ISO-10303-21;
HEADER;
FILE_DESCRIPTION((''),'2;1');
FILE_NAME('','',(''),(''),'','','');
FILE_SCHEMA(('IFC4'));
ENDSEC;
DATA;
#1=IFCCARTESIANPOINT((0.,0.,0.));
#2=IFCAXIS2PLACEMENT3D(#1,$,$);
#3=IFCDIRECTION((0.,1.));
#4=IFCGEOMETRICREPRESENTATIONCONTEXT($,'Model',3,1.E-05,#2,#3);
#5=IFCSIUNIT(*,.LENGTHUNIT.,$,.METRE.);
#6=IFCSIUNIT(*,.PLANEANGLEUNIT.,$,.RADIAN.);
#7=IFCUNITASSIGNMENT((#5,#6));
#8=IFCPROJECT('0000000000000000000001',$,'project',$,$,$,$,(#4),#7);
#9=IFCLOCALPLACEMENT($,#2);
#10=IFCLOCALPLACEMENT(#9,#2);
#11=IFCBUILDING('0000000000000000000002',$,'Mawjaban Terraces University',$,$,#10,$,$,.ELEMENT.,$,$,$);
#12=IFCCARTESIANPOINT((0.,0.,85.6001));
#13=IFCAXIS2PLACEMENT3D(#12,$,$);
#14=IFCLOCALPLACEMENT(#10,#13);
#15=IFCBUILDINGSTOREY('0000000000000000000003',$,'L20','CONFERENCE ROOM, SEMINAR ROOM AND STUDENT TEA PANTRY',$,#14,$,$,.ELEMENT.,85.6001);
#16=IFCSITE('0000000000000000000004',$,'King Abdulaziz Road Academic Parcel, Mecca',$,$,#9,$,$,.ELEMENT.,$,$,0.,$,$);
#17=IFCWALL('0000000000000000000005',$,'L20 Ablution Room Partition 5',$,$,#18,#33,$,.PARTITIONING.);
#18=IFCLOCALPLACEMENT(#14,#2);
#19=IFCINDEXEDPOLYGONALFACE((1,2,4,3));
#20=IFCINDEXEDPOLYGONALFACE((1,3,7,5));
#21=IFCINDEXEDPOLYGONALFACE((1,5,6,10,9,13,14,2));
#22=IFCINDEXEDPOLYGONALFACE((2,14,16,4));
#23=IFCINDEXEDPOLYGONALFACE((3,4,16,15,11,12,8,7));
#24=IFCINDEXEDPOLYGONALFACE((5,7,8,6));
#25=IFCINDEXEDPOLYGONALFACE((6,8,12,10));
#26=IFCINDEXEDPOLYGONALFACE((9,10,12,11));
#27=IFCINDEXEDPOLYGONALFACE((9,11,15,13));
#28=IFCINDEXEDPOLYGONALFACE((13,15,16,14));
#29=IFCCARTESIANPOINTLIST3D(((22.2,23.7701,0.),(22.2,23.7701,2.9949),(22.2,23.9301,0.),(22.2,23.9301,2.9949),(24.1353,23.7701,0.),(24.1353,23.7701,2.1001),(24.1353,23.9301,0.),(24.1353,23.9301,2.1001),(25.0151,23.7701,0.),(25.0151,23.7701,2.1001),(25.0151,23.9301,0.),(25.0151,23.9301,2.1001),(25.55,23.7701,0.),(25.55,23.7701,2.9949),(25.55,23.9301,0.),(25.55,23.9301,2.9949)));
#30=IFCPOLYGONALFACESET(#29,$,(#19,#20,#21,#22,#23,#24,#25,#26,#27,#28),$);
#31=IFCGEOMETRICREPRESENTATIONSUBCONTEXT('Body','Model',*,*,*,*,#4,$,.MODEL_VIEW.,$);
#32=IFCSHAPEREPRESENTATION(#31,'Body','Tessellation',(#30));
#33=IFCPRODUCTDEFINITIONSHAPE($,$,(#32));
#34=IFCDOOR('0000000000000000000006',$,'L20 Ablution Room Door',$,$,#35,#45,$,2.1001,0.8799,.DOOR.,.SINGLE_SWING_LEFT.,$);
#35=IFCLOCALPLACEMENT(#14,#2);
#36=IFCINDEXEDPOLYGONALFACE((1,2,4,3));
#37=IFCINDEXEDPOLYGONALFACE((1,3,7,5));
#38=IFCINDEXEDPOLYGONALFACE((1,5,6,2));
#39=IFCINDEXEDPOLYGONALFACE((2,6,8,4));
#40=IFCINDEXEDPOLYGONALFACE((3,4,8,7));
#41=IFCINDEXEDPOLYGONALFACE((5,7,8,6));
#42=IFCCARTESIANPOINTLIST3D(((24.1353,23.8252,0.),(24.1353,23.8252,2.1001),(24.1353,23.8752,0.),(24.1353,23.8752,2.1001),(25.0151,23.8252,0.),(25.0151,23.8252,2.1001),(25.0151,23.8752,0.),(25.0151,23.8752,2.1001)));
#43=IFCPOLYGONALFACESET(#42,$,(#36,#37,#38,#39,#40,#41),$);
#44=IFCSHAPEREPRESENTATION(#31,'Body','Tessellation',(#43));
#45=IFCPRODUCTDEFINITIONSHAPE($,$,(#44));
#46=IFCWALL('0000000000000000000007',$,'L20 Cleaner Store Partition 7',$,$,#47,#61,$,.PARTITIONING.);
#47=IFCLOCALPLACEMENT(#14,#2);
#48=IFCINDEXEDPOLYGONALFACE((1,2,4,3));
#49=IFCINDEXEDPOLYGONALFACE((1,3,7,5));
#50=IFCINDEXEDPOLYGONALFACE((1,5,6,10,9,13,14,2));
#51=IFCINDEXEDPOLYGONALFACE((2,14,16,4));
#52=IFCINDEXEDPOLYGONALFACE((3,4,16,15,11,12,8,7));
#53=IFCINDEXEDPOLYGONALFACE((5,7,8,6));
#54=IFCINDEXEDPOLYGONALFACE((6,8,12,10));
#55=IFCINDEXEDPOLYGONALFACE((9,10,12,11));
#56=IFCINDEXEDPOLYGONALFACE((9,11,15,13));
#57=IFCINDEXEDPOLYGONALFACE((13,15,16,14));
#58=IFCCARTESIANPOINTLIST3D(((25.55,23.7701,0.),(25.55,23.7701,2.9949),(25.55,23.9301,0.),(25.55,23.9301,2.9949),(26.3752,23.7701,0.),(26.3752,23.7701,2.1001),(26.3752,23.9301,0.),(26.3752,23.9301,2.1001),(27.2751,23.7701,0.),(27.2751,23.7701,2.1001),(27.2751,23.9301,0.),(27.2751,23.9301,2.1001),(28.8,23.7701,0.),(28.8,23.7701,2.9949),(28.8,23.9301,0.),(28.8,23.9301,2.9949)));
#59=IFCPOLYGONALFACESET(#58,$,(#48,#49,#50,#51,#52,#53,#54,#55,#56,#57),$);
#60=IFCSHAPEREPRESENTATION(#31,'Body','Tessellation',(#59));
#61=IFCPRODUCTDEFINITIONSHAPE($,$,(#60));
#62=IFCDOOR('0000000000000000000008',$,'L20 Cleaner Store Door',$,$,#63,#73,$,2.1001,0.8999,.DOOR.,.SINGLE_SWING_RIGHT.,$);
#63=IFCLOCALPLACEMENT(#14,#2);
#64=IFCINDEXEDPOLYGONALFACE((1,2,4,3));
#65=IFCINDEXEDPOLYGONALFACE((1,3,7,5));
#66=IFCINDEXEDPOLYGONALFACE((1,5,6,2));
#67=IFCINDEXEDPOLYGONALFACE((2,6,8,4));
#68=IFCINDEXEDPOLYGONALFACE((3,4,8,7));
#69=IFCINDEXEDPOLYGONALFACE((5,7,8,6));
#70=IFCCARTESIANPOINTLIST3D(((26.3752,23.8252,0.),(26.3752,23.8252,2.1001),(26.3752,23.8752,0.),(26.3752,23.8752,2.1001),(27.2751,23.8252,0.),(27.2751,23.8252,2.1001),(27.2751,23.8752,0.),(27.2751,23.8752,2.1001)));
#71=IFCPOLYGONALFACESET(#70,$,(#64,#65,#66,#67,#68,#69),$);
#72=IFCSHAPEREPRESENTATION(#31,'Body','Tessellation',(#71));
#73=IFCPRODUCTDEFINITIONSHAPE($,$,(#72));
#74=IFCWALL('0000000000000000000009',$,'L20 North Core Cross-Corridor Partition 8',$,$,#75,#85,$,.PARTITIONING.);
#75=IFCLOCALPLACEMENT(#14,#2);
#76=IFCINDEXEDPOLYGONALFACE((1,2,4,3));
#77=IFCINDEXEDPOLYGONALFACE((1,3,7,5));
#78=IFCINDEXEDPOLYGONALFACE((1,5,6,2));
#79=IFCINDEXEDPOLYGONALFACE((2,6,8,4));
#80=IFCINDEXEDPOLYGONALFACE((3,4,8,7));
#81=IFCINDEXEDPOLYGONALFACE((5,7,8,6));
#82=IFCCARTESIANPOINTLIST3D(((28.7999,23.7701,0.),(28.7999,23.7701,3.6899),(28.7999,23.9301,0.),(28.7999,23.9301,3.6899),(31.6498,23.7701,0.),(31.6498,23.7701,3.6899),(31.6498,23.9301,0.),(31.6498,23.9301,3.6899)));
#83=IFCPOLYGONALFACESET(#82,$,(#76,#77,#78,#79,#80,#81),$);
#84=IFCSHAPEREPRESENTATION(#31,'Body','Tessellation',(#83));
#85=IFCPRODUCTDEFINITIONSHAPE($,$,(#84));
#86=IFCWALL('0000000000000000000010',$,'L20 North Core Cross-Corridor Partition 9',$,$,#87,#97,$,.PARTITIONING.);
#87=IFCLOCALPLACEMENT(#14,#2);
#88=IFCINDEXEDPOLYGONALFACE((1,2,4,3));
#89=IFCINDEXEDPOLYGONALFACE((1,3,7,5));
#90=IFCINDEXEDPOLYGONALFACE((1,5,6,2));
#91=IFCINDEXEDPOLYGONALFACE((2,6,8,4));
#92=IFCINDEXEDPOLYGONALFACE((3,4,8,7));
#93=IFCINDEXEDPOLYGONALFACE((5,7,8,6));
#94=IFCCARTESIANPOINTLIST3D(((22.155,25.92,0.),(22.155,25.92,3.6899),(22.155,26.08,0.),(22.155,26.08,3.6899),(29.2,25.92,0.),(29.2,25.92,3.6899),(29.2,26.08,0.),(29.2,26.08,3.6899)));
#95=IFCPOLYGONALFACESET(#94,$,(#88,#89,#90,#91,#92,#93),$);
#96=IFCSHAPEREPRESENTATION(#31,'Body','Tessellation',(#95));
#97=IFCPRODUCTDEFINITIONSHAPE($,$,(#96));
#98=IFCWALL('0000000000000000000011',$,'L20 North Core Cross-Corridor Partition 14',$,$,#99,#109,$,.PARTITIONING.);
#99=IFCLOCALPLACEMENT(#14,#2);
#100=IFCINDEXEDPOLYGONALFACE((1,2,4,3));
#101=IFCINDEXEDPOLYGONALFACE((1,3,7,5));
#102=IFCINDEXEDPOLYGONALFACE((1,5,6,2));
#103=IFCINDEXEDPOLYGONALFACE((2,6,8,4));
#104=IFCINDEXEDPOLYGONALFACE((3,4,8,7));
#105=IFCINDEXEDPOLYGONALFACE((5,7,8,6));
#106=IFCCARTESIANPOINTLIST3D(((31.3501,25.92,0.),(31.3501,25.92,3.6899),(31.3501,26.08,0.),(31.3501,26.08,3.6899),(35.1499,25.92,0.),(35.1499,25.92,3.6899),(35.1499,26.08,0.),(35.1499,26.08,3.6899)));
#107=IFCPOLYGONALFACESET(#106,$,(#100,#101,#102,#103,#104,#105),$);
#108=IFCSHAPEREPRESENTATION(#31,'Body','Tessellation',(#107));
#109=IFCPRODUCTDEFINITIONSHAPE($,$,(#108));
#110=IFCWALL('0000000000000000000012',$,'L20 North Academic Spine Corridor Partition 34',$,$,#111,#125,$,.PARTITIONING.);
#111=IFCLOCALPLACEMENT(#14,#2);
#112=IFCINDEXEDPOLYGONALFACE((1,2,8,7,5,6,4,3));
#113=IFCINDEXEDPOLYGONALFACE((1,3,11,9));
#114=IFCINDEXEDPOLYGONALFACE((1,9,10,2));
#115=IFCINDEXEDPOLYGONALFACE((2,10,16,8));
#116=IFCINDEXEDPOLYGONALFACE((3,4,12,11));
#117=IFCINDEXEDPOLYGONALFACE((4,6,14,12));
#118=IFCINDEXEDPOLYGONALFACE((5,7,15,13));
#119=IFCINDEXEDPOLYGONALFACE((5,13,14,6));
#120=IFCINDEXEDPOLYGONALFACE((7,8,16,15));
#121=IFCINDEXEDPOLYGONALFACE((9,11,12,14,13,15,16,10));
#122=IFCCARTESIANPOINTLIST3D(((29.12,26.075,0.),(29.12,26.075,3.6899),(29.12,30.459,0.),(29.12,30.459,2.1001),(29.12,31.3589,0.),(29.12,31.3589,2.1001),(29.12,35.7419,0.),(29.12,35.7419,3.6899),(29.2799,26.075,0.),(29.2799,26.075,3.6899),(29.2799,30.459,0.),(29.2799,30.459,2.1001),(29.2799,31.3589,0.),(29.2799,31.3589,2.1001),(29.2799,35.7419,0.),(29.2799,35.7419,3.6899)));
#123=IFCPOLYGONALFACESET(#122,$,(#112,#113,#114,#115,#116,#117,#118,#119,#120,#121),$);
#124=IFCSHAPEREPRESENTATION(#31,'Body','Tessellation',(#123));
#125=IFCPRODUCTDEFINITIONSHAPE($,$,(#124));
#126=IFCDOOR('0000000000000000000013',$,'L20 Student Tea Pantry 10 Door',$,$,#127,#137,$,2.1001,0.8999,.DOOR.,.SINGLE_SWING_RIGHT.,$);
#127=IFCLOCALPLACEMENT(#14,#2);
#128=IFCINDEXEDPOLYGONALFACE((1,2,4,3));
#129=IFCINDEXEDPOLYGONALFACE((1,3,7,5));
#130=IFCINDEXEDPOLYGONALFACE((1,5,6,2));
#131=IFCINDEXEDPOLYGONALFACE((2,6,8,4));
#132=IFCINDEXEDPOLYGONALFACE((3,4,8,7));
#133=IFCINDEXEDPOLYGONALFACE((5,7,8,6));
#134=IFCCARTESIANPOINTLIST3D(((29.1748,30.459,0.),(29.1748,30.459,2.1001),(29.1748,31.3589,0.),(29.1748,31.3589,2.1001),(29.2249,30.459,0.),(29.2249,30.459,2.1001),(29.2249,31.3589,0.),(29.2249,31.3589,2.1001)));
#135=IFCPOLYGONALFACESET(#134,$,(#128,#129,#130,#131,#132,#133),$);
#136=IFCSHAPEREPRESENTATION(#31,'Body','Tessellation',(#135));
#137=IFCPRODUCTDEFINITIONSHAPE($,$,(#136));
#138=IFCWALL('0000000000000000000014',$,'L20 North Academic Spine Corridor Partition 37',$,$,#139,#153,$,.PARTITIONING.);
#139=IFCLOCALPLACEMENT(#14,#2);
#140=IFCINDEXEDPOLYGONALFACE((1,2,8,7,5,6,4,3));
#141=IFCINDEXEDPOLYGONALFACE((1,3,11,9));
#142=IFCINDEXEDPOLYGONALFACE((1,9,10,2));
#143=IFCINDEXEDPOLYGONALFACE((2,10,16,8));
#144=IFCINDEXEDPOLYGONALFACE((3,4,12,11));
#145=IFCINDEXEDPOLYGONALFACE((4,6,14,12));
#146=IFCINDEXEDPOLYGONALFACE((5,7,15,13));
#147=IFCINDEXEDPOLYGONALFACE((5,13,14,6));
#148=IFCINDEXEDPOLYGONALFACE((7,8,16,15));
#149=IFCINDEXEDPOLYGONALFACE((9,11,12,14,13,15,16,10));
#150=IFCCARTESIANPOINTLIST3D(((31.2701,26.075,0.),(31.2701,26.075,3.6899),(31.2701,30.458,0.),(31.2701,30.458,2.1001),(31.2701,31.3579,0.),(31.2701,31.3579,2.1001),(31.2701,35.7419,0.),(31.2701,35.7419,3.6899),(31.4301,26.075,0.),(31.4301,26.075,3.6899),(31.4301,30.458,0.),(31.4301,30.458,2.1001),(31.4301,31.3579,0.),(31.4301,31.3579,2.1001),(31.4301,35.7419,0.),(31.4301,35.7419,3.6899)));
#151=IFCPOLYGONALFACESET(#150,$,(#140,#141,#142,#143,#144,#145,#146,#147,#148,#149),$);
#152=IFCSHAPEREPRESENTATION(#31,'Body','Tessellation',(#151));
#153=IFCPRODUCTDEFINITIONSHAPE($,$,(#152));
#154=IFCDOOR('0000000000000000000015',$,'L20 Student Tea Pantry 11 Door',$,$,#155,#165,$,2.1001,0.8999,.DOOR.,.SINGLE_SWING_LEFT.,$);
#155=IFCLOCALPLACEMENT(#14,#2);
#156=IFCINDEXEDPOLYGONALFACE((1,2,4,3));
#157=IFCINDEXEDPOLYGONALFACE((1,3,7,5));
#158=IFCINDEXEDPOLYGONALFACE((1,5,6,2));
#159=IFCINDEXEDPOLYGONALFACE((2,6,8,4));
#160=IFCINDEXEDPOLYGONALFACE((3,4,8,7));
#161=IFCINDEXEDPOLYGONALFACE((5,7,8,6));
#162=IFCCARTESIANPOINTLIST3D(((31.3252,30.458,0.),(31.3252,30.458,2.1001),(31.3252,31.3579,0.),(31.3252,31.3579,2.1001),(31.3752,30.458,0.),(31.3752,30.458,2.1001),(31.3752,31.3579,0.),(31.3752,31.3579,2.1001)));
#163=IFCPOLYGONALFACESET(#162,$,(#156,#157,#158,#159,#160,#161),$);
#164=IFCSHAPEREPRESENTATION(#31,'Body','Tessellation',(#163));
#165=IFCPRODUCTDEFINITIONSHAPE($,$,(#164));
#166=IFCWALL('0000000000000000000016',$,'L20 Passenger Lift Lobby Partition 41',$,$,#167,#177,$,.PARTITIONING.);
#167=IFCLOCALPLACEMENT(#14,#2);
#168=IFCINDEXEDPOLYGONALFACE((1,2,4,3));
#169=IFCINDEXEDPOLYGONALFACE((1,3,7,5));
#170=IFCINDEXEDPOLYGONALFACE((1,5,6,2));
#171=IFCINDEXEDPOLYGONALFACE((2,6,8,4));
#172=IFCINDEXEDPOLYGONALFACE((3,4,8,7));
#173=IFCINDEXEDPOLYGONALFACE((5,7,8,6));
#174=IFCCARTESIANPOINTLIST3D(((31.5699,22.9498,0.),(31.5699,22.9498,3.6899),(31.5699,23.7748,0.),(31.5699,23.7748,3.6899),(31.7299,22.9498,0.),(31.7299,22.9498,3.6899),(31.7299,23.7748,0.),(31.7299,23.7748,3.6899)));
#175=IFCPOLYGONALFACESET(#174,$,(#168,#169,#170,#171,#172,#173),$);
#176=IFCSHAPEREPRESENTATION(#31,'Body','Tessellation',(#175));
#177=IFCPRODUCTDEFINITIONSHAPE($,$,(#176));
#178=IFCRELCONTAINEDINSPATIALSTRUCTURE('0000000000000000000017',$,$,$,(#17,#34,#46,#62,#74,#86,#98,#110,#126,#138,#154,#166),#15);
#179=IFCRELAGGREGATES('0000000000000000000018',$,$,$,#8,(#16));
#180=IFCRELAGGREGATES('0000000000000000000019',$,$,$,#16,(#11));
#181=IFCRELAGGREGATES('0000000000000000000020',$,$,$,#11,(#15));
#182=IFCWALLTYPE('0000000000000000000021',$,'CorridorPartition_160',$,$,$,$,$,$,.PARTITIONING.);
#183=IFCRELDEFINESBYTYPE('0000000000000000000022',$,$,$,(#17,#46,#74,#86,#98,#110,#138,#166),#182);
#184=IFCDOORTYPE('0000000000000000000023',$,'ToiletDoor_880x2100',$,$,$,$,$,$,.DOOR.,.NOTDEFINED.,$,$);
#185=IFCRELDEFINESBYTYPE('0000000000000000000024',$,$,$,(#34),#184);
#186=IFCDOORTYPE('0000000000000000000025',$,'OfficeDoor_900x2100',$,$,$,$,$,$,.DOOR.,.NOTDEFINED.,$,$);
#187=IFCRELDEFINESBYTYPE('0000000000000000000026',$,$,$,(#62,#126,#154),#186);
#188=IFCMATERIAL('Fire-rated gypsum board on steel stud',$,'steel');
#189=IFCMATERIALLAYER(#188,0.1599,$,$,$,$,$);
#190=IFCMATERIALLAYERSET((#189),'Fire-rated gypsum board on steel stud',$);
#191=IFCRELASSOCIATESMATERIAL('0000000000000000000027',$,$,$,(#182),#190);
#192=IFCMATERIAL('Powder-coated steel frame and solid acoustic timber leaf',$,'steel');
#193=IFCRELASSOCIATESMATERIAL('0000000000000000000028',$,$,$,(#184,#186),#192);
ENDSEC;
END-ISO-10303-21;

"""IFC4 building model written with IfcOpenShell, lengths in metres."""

from ifc_helpers import new_model, si_unit, direction, frame, frame_2d, origin, place, context, subcontext, project, spatial, rectangle, extrude, material, layer, layer_set, type_object, element, fill, save


model = new_model("IFC4")

# Units and contexts
model_context = context("Model", 3, precision=1e-05, world=origin(), true_north=direction((0.0, 1.0)))
body_context = subcontext(model_context, "Body", "Model", "MODEL_VIEW")
ifc_project = project(units=[si_unit("LENGTHUNIT", "METRE"), si_unit("PLANEANGLEUNIT", "RADIAN")], contexts=[model_context])

# Site, building, storey
site_placement = place(None, origin())
site = spatial("IfcSite", under=ifc_project, at=site_placement, Name="King Abdulaziz Road Academic Parcel, Mecca", CompositionType="ELEMENT", RefElevation=0.0)
building_placement = place(site_placement, origin())
building = spatial("IfcBuilding", under=site, at=building_placement, Name="Mawjaban Terraces University", CompositionType="ELEMENT")
storey_placement = place(building_placement, frame((0.0, 0.0, 85.6001)))
storey = spatial("IfcBuildingStorey", under=building, at=storey_placement, Name="L20", Description="CONFERENCE ROOM, SEMINAR ROOM AND STUDENT TEA PANTRY", CompositionType="ELEMENT", Elevation=85.6001)

# Walls, openings, doors
ifc_material_1 = material(Name="Fire-rated gypsum board on steel stud", Category="steel")
ifc_layer_1 = layer(ifc_material_1, 0.1599)
ifc_layer_set_1 = layer_set([ifc_layer_1], Name="Fire-rated gypsum board on steel stud")
wall_type_1 = type_object("IfcWallType", Name="CorridorPartition_160", PredefinedType="PARTITIONING", material=ifc_layer_set_1)
wall_1_placement = place(storey_placement, frame((25.55, 23.8501, 0.0), z_axis=(0.0, 0.0, 1.0), x_axis=(-1.0, 0.0, 0.0)))
wall_1 = element("IfcWall", 1, at=wall_1_placement, inside=storey, type_object=wall_type_1, Name="L20 Ablution Room Partition 5", PredefinedType="PARTITIONING", context=body_context, shape_type="SweptSolid", body=[
    extrude(rectangle(XDim=3.3501, YDim=0.1599, at=frame_2d((1.675, 0.0))), origin(), (0.0, 0.0, 1.0), 2.9949),
])
opening_1_placement = place(wall_1_placement, frame((0.5349, 0.0, 0.0)))
opening_1 = element("IfcOpeningElement", 2, at=opening_1_placement, cuts=wall_1, PredefinedType="OPENING", context=body_context, shape_type="SweptSolid", body=[
    extrude(rectangle(XDim=0.8799, YDim=2.1001, at=frame_2d((0.4399, 1.05))), frame((0.0, 0.0898, 0.0), z_axis=(0.0, -1.0, 0.0), x_axis=(1.0, 0.0, 0.0)), (0.0, 0.0, 1.0), 0.1799),
])
ifc_material_2 = material(Name="Powder-coated steel frame and solid acoustic timber leaf", Category="steel")
door_type_1 = type_object("IfcDoorType", Name="ToiletDoor_880x2100", OperationType="NOTDEFINED", PredefinedType="DOOR", material=ifc_material_2)
door_1_placement = place(opening_1_placement, origin())
door_1 = element("IfcDoor", 3, at=door_1_placement, inside=storey, type_object=door_type_1, Name="L20 Ablution Room Door", OperationType="SINGLE_SWING_LEFT", OverallHeight=2.1001, OverallWidth=0.8799, PredefinedType="DOOR", context=body_context, shape_type="SweptSolid", body=[
    extrude(rectangle(XDim=0.8799, YDim=2.1001, at=frame_2d((0.4399, 1.05))), frame((0.0, 0.0249, 0.0), z_axis=(0.0, -1.0, 0.0), x_axis=(1.0, 0.0, 0.0)), (0.0, 0.0, 1.0), 0.05),
])
fill(opening_1, door_1)
wall_2_placement = place(storey_placement, frame((28.8, 23.8501, 0.0), z_axis=(0.0, 0.0, 1.0), x_axis=(-1.0, 0.0, 0.0)))
wall_2 = element("IfcWall", 4, at=wall_2_placement, inside=storey, type_object=wall_type_1, Name="L20 Cleaner Store Partition 7", PredefinedType="PARTITIONING", context=body_context, shape_type="SweptSolid", body=[
    extrude(rectangle(XDim=3.25, YDim=0.1599, at=frame_2d((1.625, 0.0))), origin(), (0.0, 0.0, 1.0), 2.9949),
])
opening_2_placement = place(wall_2_placement, frame((1.5249, 0.0, 0.0)))
opening_2 = element("IfcOpeningElement", 5, at=opening_2_placement, cuts=wall_2, PredefinedType="OPENING", context=body_context, shape_type="SweptSolid", body=[
    extrude(rectangle(XDim=0.8999, YDim=2.1001, at=frame_2d((0.45, 1.05))), frame((0.0, 0.0898, 0.0), z_axis=(0.0, -1.0, 0.0), x_axis=(1.0, 0.0, 0.0)), (0.0, 0.0, 1.0), 0.1799),
])
door_type_2 = type_object("IfcDoorType", Name="OfficeDoor_900x2100", OperationType="NOTDEFINED", PredefinedType="DOOR", material=ifc_material_2)
door_2_placement = place(opening_2_placement, origin())
door_2 = element("IfcDoor", 6, at=door_2_placement, inside=storey, type_object=door_type_2, Name="L20 Cleaner Store Door", OperationType="SINGLE_SWING_RIGHT", OverallHeight=2.1001, OverallWidth=0.8999, PredefinedType="DOOR", context=body_context, shape_type="SweptSolid", body=[
    extrude(rectangle(XDim=0.8999, YDim=2.1001, at=frame_2d((0.45, 1.05))), frame((0.0, 0.0249, 0.0), z_axis=(0.0, -1.0, 0.0), x_axis=(1.0, 0.0, 0.0)), (0.0, 0.0, 1.0), 0.05),
])
fill(opening_2, door_2)

# Walls
wall_3_placement = place(storey_placement, frame((28.8, 23.8501, 0.0), z_axis=(0.0, 0.0, 1.0), x_axis=(1.0, 0.0, 0.0)))
element("IfcWall", 7, at=wall_3_placement, inside=storey, type_object=wall_type_1, Name="L20 North Core Cross-Corridor Partition 8", PredefinedType="PARTITIONING", context=body_context, shape_type="SweptSolid", body=[
    extrude(rectangle(XDim=2.8499, YDim=0.1599, at=frame_2d((1.4248, 0.0))), origin(), (0.0, 0.0, 1.0), 3.6899),
])
wall_4_placement = place(storey_placement, frame((29.2, 26.0, 0.0), z_axis=(0.0, 0.0, 1.0), x_axis=(-1.0, 0.0, 0.0)))
element("IfcWall", 8, at=wall_4_placement, inside=storey, type_object=wall_type_1, Name="L20 North Core Cross-Corridor Partition 9", PredefinedType="PARTITIONING", context=body_context, shape_type="SweptSolid", body=[
    extrude(rectangle(XDim=7.0449, YDim=0.1599, at=frame_2d((3.5225, 0.0))), origin(), (0.0, 0.0, 1.0), 3.6899),
])
wall_5_placement = place(storey_placement, frame((35.1499, 26.0, 0.0), z_axis=(0.0, 0.0, 1.0), x_axis=(-1.0, 0.0, 0.0)))
element("IfcWall", 9, at=wall_5_placement, inside=storey, type_object=wall_type_1, Name="L20 North Core Cross-Corridor Partition 14", PredefinedType="PARTITIONING", context=body_context, shape_type="SweptSolid", body=[
    extrude(rectangle(XDim=3.7998, YDim=0.1599, at=frame_2d((1.8999, 0.0))), origin(), (0.0, 0.0, 1.0), 3.6899),
])

# Walls, openings, doors
wall_6_placement = place(storey_placement, frame((29.2, 35.7419, 0.0), z_axis=(0.0, 0.0, 1.0), x_axis=(0.0, -1.0, 0.0)))
wall_6 = element("IfcWall", 10, at=wall_6_placement, inside=storey, type_object=wall_type_1, Name="L20 North Academic Spine Corridor Partition 34", PredefinedType="PARTITIONING", context=body_context, shape_type="SweptSolid", body=[
    extrude(rectangle(XDim=9.667, YDim=0.1599, at=frame_2d((4.8335, 0.0))), origin(), (0.0, 0.0, 1.0), 3.6899),
])
opening_3_placement = place(wall_6_placement, frame((4.3831, 0.0, 0.0)))
opening_3 = element("IfcOpeningElement", 11, at=opening_3_placement, cuts=wall_6, PredefinedType="OPENING", context=body_context, shape_type="SweptSolid", body=[
    extrude(rectangle(XDim=0.8999, YDim=2.1001, at=frame_2d((0.45, 1.05))), frame((0.0, 0.0898, 0.0), z_axis=(0.0, -1.0, 0.0), x_axis=(1.0, 0.0, 0.0)), (0.0, 0.0, 1.0), 0.1799),
])
door_3_placement = place(opening_3_placement, origin())
door_3 = element("IfcDoor", 12, at=door_3_placement, inside=storey, type_object=door_type_2, Name="L20 Student Tea Pantry 10 Door", OperationType="SINGLE_SWING_RIGHT", OverallHeight=2.1001, OverallWidth=0.8999, PredefinedType="DOOR", context=body_context, shape_type="SweptSolid", body=[
    extrude(rectangle(XDim=0.8999, YDim=2.1001, at=frame_2d((0.45, 1.05))), frame((0.0, 0.0249, 0.0), z_axis=(0.0, -1.0, 0.0), x_axis=(1.0, 0.0, 0.0)), (0.0, 0.0, 1.0), 0.05),
])
fill(opening_3, door_3)
wall_7_placement = place(storey_placement, frame((31.3501, 26.075, 0.0), z_axis=(0.0, 0.0, 1.0), x_axis=(0.0, 1.0, 0.0)))
wall_7 = element("IfcWall", 13, at=wall_7_placement, inside=storey, type_object=wall_type_1, Name="L20 North Academic Spine Corridor Partition 37", PredefinedType="PARTITIONING", context=body_context, shape_type="SweptSolid", body=[
    extrude(rectangle(XDim=9.667, YDim=0.1599, at=frame_2d((4.8335, 0.0))), origin(), (0.0, 0.0, 1.0), 3.6899),
])
opening_4_placement = place(wall_7_placement, frame((4.3831, 0.0, 0.0)))
opening_4 = element("IfcOpeningElement", 14, at=opening_4_placement, cuts=wall_7, PredefinedType="OPENING", context=body_context, shape_type="SweptSolid", body=[
    extrude(rectangle(XDim=0.8999, YDim=2.1001, at=frame_2d((0.45, 1.05))), frame((0.0, 0.0898, 0.0), z_axis=(0.0, -1.0, 0.0), x_axis=(1.0, 0.0, 0.0)), (0.0, 0.0, 1.0), 0.1799),
])
door_4_placement = place(opening_4_placement, origin())
door_4 = element("IfcDoor", 15, at=door_4_placement, inside=storey, type_object=door_type_2, Name="L20 Student Tea Pantry 11 Door", OperationType="SINGLE_SWING_LEFT", OverallHeight=2.1001, OverallWidth=0.8999, PredefinedType="DOOR", context=body_context, shape_type="SweptSolid", body=[
    extrude(rectangle(XDim=0.8999, YDim=2.1001, at=frame_2d((0.45, 1.05))), frame((0.0, 0.0249, 0.0), z_axis=(0.0, -1.0, 0.0), x_axis=(1.0, 0.0, 0.0)), (0.0, 0.0, 1.0), 0.05),
])
fill(opening_4, door_4)

# Wall
wall_8_placement = place(storey_placement, frame((31.6499, 23.7749, 0.0), z_axis=(0.0, 0.0, 1.0), x_axis=(0.0, -1.0, 0.0)))
element("IfcWall", 16, at=wall_8_placement, inside=storey, type_object=wall_type_1, Name="L20 Passenger Lift Lobby Partition 41", PredefinedType="PARTITIONING", context=body_context, shape_type="SweptSolid", body=[
    extrude(rectangle(XDim=0.825, YDim=0.1599, at=frame_2d((0.4126, 0.0))), origin(), (0.0, 0.0, 1.0), 3.6899),
])

save(model, "model.ifc")
